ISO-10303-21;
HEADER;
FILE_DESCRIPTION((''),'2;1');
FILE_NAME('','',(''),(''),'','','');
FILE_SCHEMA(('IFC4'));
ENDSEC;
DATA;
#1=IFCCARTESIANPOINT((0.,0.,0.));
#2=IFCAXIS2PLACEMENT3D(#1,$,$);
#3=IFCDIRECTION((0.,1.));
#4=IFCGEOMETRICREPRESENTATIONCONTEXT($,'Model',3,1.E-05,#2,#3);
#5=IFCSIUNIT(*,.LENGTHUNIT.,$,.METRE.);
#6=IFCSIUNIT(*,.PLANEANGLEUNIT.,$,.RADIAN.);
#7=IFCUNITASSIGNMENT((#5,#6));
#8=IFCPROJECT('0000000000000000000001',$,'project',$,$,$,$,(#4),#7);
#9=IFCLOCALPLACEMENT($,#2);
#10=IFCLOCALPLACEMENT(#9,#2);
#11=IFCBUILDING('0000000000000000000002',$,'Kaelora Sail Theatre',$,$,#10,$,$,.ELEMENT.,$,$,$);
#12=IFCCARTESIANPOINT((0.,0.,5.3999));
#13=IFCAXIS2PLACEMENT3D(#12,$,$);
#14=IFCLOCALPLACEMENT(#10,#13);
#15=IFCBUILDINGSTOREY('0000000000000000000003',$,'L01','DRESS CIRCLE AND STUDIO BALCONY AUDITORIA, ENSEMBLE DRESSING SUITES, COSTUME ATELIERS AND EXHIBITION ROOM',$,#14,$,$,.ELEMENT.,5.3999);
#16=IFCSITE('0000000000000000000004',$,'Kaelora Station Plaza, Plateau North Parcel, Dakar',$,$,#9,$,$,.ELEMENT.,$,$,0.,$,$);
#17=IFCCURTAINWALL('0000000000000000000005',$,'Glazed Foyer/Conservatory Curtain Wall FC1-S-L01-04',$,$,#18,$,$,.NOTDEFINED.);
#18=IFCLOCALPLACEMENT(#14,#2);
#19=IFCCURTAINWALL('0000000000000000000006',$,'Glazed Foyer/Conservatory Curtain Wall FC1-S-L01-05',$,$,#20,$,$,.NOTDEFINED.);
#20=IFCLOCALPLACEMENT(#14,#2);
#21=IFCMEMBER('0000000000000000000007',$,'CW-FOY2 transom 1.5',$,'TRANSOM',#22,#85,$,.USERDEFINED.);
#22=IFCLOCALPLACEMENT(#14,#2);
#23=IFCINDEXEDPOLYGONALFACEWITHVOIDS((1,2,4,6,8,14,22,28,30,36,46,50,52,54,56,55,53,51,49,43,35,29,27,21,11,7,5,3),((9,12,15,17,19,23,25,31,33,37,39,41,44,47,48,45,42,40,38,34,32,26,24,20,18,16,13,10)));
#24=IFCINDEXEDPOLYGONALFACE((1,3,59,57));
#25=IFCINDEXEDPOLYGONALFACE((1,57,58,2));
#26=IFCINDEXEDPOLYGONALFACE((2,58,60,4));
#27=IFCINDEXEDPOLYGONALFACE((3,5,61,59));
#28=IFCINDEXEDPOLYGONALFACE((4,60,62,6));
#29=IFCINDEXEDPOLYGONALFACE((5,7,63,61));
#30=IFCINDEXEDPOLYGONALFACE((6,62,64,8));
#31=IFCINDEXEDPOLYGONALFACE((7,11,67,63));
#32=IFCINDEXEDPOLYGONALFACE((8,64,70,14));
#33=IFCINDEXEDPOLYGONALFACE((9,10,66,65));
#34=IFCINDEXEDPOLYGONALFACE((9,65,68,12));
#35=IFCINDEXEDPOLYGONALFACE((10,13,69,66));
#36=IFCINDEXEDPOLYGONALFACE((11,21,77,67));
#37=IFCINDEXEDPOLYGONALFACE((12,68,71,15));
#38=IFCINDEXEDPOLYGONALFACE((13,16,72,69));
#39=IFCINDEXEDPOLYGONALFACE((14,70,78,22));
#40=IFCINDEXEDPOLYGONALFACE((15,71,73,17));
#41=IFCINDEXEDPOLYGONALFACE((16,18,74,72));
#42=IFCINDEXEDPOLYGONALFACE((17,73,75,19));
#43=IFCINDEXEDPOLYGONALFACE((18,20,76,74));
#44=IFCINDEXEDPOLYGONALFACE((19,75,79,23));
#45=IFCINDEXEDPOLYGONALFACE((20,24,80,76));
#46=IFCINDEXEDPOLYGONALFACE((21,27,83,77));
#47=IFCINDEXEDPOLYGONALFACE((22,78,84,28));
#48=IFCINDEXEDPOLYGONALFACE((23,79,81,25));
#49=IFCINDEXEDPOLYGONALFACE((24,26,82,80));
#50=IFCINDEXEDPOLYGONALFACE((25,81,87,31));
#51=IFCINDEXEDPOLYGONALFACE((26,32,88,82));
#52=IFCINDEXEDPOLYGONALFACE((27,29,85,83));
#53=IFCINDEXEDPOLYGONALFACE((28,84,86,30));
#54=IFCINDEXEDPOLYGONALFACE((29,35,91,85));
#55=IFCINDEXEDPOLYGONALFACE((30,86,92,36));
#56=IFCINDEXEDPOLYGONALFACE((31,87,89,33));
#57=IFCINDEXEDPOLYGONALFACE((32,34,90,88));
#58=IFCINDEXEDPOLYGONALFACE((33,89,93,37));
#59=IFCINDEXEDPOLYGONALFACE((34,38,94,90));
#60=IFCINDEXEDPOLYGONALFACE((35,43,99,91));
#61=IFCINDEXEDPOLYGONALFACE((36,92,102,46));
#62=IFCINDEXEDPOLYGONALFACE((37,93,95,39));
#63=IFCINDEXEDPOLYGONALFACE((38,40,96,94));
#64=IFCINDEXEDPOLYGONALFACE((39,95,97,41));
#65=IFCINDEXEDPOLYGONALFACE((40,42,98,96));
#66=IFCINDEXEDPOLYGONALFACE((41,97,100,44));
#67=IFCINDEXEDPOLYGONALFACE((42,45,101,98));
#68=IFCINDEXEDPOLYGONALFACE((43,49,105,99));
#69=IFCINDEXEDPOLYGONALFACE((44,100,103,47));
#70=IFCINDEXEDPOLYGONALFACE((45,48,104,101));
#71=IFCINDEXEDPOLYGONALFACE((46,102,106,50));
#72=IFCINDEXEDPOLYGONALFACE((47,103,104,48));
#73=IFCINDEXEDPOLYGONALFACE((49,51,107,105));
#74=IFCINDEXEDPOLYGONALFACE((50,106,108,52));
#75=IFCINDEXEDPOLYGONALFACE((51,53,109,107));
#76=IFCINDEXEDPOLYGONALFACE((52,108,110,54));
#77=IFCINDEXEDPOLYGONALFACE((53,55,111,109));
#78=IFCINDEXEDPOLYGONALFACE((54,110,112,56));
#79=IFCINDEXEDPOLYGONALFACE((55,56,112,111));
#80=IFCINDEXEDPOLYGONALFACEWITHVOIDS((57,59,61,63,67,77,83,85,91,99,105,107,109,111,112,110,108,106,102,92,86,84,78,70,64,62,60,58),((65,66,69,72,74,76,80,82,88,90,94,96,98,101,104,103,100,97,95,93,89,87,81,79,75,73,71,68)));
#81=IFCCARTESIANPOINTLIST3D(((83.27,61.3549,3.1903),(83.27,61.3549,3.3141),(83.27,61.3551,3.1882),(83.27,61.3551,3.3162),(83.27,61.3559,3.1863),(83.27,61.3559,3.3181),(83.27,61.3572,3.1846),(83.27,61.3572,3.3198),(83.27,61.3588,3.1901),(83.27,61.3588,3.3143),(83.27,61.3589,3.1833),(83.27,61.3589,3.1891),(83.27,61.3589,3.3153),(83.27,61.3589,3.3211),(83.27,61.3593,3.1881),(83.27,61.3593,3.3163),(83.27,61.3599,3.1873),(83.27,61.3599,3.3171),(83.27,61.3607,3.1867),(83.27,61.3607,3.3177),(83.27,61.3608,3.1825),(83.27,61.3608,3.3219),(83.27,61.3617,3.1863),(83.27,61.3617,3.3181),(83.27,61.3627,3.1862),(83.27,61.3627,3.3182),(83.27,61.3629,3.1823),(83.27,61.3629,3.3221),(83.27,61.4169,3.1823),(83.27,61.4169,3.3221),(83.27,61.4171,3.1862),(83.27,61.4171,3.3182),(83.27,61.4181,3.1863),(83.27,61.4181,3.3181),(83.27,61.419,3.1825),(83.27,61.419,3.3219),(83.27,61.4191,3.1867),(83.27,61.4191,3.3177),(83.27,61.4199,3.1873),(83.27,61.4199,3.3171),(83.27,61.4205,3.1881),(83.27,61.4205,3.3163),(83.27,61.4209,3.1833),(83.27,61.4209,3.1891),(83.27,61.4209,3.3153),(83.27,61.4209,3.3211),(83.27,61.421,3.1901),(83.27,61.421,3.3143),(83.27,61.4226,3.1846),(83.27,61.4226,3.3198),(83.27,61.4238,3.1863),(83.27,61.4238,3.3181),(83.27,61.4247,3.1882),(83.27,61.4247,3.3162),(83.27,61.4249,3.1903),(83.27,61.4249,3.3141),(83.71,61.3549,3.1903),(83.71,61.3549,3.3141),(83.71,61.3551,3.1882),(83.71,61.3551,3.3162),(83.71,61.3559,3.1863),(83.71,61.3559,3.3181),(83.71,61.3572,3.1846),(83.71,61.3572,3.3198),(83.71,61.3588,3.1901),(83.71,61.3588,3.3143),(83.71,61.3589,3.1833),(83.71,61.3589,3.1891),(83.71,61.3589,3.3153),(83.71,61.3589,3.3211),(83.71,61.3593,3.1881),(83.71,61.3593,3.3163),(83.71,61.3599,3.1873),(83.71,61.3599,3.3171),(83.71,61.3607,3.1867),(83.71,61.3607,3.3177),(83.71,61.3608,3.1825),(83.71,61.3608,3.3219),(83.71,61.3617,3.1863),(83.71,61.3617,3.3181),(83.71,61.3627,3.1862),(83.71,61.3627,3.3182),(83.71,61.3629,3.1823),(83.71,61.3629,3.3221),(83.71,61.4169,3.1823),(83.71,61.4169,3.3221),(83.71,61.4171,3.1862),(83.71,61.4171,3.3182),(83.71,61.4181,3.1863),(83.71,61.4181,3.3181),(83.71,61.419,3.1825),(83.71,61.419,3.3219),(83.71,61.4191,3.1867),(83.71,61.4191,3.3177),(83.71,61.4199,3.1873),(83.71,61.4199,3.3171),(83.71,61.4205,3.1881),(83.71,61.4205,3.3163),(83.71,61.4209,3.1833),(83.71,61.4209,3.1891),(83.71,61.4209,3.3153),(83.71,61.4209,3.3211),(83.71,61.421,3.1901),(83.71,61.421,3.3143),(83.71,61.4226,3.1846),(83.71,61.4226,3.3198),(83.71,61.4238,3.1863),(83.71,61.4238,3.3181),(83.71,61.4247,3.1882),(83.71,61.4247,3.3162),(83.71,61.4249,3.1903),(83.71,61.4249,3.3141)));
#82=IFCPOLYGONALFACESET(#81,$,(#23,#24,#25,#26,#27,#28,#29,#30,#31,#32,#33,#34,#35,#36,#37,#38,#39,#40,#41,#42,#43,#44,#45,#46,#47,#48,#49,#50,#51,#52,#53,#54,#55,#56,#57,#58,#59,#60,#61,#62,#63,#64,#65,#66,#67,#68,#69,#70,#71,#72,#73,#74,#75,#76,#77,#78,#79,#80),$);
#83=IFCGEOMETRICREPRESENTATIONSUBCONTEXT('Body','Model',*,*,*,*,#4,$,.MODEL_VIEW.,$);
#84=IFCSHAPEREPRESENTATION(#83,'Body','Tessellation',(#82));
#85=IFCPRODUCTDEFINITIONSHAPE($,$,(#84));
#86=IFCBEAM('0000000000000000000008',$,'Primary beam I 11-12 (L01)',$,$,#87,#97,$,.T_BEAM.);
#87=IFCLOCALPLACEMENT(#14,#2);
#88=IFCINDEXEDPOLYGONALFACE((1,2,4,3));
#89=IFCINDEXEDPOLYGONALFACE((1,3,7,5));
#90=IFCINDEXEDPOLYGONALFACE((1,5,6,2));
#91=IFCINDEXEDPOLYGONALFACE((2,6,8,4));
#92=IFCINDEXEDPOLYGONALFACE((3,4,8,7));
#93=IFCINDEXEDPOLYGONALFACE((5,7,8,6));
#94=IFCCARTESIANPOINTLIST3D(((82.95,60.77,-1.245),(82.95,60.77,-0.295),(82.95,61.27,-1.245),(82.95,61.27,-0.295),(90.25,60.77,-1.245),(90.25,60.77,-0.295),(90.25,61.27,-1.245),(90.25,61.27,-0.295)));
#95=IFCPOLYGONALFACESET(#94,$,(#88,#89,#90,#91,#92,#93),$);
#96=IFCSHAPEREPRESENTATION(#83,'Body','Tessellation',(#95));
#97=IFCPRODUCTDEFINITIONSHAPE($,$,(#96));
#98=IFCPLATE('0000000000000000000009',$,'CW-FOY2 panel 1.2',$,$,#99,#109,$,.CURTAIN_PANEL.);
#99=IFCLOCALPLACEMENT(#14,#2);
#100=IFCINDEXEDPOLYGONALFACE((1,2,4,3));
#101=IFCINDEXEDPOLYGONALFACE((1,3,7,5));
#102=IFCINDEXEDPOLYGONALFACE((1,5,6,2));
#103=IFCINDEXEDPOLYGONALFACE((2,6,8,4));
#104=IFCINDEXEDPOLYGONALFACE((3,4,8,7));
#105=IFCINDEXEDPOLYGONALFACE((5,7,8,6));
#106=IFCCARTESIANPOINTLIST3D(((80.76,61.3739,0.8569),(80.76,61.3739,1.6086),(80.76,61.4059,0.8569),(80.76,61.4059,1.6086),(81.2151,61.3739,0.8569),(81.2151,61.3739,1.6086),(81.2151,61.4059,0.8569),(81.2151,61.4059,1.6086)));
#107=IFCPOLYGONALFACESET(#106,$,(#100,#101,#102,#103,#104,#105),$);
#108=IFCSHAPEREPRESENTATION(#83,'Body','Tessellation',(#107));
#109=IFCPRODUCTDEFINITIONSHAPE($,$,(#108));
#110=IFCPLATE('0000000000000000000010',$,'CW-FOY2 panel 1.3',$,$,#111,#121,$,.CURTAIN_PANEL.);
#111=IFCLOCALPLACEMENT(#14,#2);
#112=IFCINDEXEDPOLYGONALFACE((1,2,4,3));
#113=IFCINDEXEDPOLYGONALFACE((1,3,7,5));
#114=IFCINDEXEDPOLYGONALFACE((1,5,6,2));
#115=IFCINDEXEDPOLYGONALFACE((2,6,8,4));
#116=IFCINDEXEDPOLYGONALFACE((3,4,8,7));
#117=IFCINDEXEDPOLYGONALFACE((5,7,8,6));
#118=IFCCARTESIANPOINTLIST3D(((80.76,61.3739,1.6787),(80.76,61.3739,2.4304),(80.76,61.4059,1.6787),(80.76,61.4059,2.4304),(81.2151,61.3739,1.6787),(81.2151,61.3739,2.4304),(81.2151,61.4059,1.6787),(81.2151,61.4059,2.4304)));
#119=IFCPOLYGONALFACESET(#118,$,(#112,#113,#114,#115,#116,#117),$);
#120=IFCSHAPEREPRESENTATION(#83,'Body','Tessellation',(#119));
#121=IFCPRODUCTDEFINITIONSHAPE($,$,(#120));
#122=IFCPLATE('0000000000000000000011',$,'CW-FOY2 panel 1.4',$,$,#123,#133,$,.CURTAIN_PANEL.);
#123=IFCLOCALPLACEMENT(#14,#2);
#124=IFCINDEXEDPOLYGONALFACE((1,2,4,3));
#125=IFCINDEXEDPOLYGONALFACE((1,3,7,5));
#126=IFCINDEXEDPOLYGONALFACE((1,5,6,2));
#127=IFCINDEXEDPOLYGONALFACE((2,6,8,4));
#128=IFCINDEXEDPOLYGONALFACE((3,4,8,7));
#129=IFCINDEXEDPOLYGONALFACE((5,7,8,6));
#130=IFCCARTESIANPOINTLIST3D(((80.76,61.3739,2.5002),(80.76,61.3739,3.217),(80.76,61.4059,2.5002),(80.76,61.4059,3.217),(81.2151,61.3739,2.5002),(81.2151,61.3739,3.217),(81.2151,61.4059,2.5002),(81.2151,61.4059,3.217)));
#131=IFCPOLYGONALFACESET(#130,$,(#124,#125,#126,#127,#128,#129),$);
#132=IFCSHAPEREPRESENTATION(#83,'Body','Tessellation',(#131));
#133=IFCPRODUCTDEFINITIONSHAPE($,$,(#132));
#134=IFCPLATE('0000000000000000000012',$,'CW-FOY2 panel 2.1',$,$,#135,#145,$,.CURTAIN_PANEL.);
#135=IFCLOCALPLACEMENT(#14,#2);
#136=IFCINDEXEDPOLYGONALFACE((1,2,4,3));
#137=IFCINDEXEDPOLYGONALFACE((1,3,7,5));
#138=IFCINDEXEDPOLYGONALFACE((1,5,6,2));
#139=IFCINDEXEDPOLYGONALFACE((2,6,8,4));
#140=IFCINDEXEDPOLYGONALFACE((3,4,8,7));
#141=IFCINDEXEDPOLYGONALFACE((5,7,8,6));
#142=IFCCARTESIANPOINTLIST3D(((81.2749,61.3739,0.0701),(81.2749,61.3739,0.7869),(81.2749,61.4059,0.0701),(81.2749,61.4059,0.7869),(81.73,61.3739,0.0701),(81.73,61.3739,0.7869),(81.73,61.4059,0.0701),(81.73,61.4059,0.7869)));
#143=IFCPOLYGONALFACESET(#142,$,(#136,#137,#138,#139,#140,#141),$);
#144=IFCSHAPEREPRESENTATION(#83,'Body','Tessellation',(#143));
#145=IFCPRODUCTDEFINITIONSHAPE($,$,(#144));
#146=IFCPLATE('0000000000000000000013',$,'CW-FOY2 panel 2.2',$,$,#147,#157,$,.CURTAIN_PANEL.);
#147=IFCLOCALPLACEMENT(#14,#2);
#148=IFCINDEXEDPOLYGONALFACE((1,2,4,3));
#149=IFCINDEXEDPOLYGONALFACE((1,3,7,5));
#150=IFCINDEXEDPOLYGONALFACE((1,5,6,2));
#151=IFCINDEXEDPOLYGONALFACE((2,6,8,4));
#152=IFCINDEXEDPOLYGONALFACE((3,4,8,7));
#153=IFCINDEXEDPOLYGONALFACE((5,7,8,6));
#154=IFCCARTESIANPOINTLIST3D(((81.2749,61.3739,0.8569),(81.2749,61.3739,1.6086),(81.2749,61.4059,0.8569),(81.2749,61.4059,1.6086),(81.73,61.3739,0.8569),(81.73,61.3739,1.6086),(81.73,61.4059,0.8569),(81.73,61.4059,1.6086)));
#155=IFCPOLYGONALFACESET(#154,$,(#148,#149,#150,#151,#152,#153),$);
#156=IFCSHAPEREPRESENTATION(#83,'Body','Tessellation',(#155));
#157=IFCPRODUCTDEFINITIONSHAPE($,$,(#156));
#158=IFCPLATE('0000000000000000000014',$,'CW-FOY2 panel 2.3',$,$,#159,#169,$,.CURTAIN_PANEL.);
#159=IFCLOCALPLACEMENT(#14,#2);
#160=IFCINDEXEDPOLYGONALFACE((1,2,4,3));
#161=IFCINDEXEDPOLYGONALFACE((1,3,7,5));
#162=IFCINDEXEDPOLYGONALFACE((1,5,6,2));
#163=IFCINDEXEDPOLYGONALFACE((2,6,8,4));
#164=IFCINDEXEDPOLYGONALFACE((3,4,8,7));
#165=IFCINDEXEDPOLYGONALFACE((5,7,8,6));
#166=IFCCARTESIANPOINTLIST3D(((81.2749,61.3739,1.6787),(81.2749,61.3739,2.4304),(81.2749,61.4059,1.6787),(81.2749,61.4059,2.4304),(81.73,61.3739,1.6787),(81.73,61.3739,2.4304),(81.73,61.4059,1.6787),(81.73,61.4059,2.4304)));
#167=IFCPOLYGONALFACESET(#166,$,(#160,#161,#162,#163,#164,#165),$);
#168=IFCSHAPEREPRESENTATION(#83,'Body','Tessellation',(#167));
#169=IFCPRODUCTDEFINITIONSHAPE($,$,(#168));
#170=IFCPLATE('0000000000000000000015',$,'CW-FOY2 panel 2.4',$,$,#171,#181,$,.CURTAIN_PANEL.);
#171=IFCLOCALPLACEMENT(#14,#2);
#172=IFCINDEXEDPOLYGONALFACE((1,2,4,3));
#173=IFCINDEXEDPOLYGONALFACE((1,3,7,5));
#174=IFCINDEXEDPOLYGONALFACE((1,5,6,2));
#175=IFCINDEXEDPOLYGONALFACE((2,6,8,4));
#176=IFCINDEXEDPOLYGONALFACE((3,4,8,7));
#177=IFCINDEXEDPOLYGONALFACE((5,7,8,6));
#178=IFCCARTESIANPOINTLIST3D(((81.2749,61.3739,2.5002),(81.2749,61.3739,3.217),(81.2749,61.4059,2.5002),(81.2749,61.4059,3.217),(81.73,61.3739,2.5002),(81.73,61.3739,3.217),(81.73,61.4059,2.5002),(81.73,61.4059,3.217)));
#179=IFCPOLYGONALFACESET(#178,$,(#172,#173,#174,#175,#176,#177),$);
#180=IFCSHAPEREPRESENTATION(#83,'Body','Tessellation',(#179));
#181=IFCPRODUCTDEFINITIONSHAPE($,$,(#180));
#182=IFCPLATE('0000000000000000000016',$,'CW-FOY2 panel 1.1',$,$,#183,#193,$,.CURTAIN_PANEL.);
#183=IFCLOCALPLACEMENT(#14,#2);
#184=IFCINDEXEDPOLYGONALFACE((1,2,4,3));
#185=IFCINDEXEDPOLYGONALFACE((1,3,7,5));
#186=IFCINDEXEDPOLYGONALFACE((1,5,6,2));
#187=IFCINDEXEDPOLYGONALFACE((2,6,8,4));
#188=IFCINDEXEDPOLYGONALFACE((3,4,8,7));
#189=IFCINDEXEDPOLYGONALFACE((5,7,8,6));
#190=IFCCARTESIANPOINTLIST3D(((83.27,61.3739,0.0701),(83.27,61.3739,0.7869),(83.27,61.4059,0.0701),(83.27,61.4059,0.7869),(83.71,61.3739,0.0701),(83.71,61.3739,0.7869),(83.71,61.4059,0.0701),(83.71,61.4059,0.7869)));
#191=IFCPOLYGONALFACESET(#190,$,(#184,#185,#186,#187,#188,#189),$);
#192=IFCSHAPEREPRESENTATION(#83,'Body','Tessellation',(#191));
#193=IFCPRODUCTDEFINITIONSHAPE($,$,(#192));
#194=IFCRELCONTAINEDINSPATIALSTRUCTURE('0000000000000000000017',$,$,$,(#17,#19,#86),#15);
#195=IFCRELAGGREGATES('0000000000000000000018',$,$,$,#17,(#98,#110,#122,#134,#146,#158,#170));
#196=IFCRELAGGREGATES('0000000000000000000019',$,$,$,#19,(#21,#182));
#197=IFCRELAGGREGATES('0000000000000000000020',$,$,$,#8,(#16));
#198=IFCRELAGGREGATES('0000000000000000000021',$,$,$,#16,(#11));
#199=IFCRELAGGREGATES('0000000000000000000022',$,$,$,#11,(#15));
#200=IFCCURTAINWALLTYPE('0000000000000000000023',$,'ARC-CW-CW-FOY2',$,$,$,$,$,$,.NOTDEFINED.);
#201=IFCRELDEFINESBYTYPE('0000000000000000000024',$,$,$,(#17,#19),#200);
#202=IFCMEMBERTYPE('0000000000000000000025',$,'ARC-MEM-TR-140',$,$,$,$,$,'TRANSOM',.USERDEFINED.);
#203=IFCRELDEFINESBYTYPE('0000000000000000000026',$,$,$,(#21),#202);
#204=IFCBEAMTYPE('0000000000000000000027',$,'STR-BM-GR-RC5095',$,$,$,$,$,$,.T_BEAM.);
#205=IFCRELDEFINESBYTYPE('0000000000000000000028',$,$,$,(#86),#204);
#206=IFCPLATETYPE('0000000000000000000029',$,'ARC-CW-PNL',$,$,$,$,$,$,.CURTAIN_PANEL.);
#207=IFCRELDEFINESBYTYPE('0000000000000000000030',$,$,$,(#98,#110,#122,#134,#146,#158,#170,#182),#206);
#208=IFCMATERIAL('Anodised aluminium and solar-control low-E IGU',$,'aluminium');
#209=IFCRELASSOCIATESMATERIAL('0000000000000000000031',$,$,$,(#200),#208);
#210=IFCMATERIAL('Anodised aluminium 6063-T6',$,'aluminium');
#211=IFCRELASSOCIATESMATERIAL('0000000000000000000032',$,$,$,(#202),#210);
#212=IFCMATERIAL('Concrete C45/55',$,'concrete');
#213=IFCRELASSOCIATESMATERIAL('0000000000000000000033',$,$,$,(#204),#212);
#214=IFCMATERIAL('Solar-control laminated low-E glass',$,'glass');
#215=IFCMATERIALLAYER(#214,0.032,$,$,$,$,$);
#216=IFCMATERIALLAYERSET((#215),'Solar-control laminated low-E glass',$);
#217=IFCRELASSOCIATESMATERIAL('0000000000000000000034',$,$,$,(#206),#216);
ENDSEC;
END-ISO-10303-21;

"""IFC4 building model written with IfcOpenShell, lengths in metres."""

from ifc_helpers import new_model, si_unit, direction, frame, origin, origin_2d, place, context, subcontext, project, spatial, rectangle, hollow_rectangle, extrude, material, layer, layer_set, material_profile, profile_set, type_object, element, aggregate, save


model = new_model("IFC4")

# Units and contexts
model_context = context("Model", 3, precision=1e-05, world=origin(), true_north=direction((0.0, 1.0)))
body_context = subcontext(model_context, "Body", "Model", "MODEL_VIEW")
ifc_project = project(units=[si_unit("LENGTHUNIT", "METRE"), si_unit("PLANEANGLEUNIT", "RADIAN")], contexts=[model_context])

# Site, building, storey
site_placement = place(None, origin())
site = spatial("IfcSite", under=ifc_project, at=site_placement, Name="Kaelora Station Plaza, Plateau North Parcel, Dakar", CompositionType="ELEMENT", RefElevation=0.0)
building_placement = place(site_placement, origin())
building = spatial("IfcBuilding", under=site, at=building_placement, Name="Kaelora Sail Theatre", CompositionType="ELEMENT")
storey_placement = place(building_placement, frame((0.0, 0.0, 5.3999)))
storey = spatial("IfcBuildingStorey", under=building, at=storey_placement, Name="L01", Description="DRESS CIRCLE AND STUDIO BALCONY AUDITORIA, ENSEMBLE DRESSING SUITES, COSTUME ATELIERS AND EXHIBITION ROOM", CompositionType="ELEMENT", Elevation=5.3999)

# Curtain wall
ifc_material_1 = material(Name="Anodised aluminium and solar-control low-E IGU", Category="aluminium")
curtain_wall_type = type_object("IfcCurtainWallType", Name="ARC-CW-CW-FOY2", PredefinedType="NOTDEFINED", material=ifc_material_1)
curtain_wall_1_placement = place(storey_placement, origin())
curtain_wall_1 = element("IfcCurtainWall", 1, at=curtain_wall_1_placement, inside=storey, type_object=curtain_wall_type, Name="Glazed Foyer/Conservatory Curtain Wall FC1-S-L01-04", PredefinedType="NOTDEFINED")

# Curtain wall
curtain_wall_2_placement = place(storey_placement, origin())
curtain_wall_2 = element("IfcCurtainWall", 2, at=curtain_wall_2_placement, inside=storey, type_object=curtain_wall_type, Name="Glazed Foyer/Conservatory Curtain Wall FC1-S-L01-05", PredefinedType="NOTDEFINED")

# Member
ifc_material_2 = material(Name="Anodised aluminium 6063-T6", Category="aluminium")
ifc_material_profile_1 = material_profile(ifc_material_2, hollow_rectangle(XDim=0.0701, YDim=0.1399, WallThickness=0.0039, InnerFilletRadius=0.0039, OuterFilletRadius=0.0081, at=origin_2d()), Name="ALU-TRAN 70x140x4")
ifc_profile_set_1 = profile_set([ifc_material_profile_1], Name="Anodised aluminium 6063-T6")
member_type_1 = type_object("IfcMemberType", Name="ARC-MEM-TR-140", ElementType="TRANSOM", PredefinedType="USERDEFINED", material=ifc_profile_set_1)
member_1_placement = place(storey_placement, frame((83.27, 61.3899, 3.2522), z_axis=(1.0, 0.0, 0.0), x_axis=(0.0, 1.0, 0.0)))
member_1 = element("IfcMember", 3, at=member_1_placement, type_object=member_type_1, Name="CW-FOY2 transom 1.5", ObjectType="TRANSOM", PredefinedType="USERDEFINED", context=body_context, shape_type="SweptSolid", body=[
    extrude(hollow_rectangle(XDim=0.0701, YDim=0.1399, WallThickness=0.0039, InnerFilletRadius=0.0039, OuterFilletRadius=0.0081, at=origin_2d()), origin(), (0.0, 0.0, 1.0), 0.4399),
])

# Beam
ifc_material_3 = material(Name="Concrete C45/55", Category="concrete")
ifc_material_profile_2 = material_profile(ifc_material_3, rectangle(XDim=0.5, YDim=0.95, at=origin_2d()), Name="RC-GRD 500x950")
ifc_profile_set_2 = profile_set([ifc_material_profile_2], Name="Concrete C45/55")
beam_type = type_object("IfcBeamType", Name="STR-BM-GR-RC5095", PredefinedType="T_BEAM", material=ifc_profile_set_2)
beam_placement = place(storey_placement, frame((82.95, 61.02, -0.77), z_axis=(1.0, 0.0, 0.0), x_axis=(0.0, 1.0, 0.0)))
element("IfcBeam", 4, at=beam_placement, inside=storey, type_object=beam_type, Name="Primary beam I 11-12 (L01)", PredefinedType="T_BEAM", context=body_context, shape_type="SweptSolid", body=[
    extrude(rectangle(XDim=0.5, YDim=0.95, at=origin_2d()), origin(), (0.0, 0.0, 1.0), 7.3),
])

# Plates
ifc_material_4 = material(Name="Solar-control laminated low-E glass", Category="glass")
ifc_layer_1 = layer(ifc_material_4, 0.032)
ifc_layer_set_1 = layer_set([ifc_layer_1], Name="Solar-control laminated low-E glass")
plate_type = type_object("IfcPlateType", Name="ARC-CW-PNL", PredefinedType="CURTAIN_PANEL", material=ifc_layer_set_1)
plate_1_placement = place(storey_placement, frame((80.9875, 61.3899, 0.8569), z_axis=(0.0, 0.0, 1.0), x_axis=(1.0, 0.0, 0.0)))
plate_1 = element("IfcPlate", 5, at=plate_1_placement, type_object=plate_type, Name="CW-FOY2 panel 1.2", PredefinedType="CURTAIN_PANEL", context=body_context, shape_type="SweptSolid", body=[
    extrude(rectangle(XDim=0.4551, YDim=0.032, at=origin_2d()), origin(), (0.0, 0.0, 1.0), 0.7517),
])
plate_2_placement = place(storey_placement, frame((80.9875, 61.3899, 1.6787), z_axis=(0.0, 0.0, 1.0), x_axis=(1.0, 0.0, 0.0)))
plate_2 = element("IfcPlate", 6, at=plate_2_placement, type_object=plate_type, Name="CW-FOY2 panel 1.3", PredefinedType="CURTAIN_PANEL", context=body_context, shape_type="SweptSolid", body=[
    extrude(rectangle(XDim=0.4551, YDim=0.032, at=origin_2d()), origin(), (0.0, 0.0, 1.0), 0.7517),
])
plate_3_placement = place(storey_placement, frame((80.9875, 61.3899, 2.5002), z_axis=(0.0, 0.0, 1.0), x_axis=(1.0, 0.0, 0.0)))
plate_3 = element("IfcPlate", 7, at=plate_3_placement, type_object=plate_type, Name="CW-FOY2 panel 1.4", PredefinedType="CURTAIN_PANEL", context=body_context, shape_type="SweptSolid", body=[
    extrude(rectangle(XDim=0.4551, YDim=0.032, at=origin_2d()), origin(), (0.0, 0.0, 1.0), 0.7168),
])
plate_4_placement = place(storey_placement, frame((81.5024, 61.3899, 0.0701), z_axis=(0.0, 0.0, 1.0), x_axis=(1.0, 0.0, 0.0)))
plate_4 = element("IfcPlate", 8, at=plate_4_placement, type_object=plate_type, Name="CW-FOY2 panel 2.1", PredefinedType="CURTAIN_PANEL", context=body_context, shape_type="SweptSolid", body=[
    extrude(rectangle(XDim=0.4551, YDim=0.032, at=origin_2d()), origin(), (0.0, 0.0, 1.0), 0.7168),
])
plate_5_placement = place(storey_placement, frame((81.5024, 61.3899, 0.8569), z_axis=(0.0, 0.0, 1.0), x_axis=(1.0, 0.0, 0.0)))
plate_5 = element("IfcPlate", 9, at=plate_5_placement, type_object=plate_type, Name="CW-FOY2 panel 2.2", PredefinedType="CURTAIN_PANEL", context=body_context, shape_type="SweptSolid", body=[
    extrude(rectangle(XDim=0.4551, YDim=0.032, at=origin_2d()), origin(), (0.0, 0.0, 1.0), 0.7517),
])
plate_6_placement = place(storey_placement, frame((81.5024, 61.3899, 1.6787), z_axis=(0.0, 0.0, 1.0), x_axis=(1.0, 0.0, 0.0)))
plate_6 = element("IfcPlate", 10, at=plate_6_placement, type_object=plate_type, Name="CW-FOY2 panel 2.3", PredefinedType="CURTAIN_PANEL", context=body_context, shape_type="SweptSolid", body=[
    extrude(rectangle(XDim=0.4551, YDim=0.032, at=origin_2d()), origin(), (0.0, 0.0, 1.0), 0.7517),
])
plate_7_placement = place(storey_placement, frame((81.5024, 61.3899, 2.5002), z_axis=(0.0, 0.0, 1.0), x_axis=(1.0, 0.0, 0.0)))
plate_7 = element("IfcPlate", 11, at=plate_7_placement, type_object=plate_type, Name="CW-FOY2 panel 2.4", PredefinedType="CURTAIN_PANEL", context=body_context, shape_type="SweptSolid", body=[
    extrude(rectangle(XDim=0.4551, YDim=0.032, at=origin_2d()), origin(), (0.0, 0.0, 1.0), 0.7168),
])
aggregate(curtain_wall_1, [plate_1, plate_2, plate_3, plate_4, plate_5, plate_6, plate_7])
plate_8_placement = place(storey_placement, frame((83.49, 61.3899, 0.0701), z_axis=(0.0, 0.0, 1.0), x_axis=(1.0, 0.0, 0.0)))
plate_8 = element("IfcPlate", 12, at=plate_8_placement, type_object=plate_type, Name="CW-FOY2 panel 1.1", PredefinedType="CURTAIN_PANEL", context=body_context, shape_type="SweptSolid", body=[
    extrude(rectangle(XDim=0.4399, YDim=0.032, at=origin_2d()), origin(), (0.0, 0.0, 1.0), 0.7168),
])
aggregate(curtain_wall_2, [member_1, plate_8])

save(model, "model.ifc")
